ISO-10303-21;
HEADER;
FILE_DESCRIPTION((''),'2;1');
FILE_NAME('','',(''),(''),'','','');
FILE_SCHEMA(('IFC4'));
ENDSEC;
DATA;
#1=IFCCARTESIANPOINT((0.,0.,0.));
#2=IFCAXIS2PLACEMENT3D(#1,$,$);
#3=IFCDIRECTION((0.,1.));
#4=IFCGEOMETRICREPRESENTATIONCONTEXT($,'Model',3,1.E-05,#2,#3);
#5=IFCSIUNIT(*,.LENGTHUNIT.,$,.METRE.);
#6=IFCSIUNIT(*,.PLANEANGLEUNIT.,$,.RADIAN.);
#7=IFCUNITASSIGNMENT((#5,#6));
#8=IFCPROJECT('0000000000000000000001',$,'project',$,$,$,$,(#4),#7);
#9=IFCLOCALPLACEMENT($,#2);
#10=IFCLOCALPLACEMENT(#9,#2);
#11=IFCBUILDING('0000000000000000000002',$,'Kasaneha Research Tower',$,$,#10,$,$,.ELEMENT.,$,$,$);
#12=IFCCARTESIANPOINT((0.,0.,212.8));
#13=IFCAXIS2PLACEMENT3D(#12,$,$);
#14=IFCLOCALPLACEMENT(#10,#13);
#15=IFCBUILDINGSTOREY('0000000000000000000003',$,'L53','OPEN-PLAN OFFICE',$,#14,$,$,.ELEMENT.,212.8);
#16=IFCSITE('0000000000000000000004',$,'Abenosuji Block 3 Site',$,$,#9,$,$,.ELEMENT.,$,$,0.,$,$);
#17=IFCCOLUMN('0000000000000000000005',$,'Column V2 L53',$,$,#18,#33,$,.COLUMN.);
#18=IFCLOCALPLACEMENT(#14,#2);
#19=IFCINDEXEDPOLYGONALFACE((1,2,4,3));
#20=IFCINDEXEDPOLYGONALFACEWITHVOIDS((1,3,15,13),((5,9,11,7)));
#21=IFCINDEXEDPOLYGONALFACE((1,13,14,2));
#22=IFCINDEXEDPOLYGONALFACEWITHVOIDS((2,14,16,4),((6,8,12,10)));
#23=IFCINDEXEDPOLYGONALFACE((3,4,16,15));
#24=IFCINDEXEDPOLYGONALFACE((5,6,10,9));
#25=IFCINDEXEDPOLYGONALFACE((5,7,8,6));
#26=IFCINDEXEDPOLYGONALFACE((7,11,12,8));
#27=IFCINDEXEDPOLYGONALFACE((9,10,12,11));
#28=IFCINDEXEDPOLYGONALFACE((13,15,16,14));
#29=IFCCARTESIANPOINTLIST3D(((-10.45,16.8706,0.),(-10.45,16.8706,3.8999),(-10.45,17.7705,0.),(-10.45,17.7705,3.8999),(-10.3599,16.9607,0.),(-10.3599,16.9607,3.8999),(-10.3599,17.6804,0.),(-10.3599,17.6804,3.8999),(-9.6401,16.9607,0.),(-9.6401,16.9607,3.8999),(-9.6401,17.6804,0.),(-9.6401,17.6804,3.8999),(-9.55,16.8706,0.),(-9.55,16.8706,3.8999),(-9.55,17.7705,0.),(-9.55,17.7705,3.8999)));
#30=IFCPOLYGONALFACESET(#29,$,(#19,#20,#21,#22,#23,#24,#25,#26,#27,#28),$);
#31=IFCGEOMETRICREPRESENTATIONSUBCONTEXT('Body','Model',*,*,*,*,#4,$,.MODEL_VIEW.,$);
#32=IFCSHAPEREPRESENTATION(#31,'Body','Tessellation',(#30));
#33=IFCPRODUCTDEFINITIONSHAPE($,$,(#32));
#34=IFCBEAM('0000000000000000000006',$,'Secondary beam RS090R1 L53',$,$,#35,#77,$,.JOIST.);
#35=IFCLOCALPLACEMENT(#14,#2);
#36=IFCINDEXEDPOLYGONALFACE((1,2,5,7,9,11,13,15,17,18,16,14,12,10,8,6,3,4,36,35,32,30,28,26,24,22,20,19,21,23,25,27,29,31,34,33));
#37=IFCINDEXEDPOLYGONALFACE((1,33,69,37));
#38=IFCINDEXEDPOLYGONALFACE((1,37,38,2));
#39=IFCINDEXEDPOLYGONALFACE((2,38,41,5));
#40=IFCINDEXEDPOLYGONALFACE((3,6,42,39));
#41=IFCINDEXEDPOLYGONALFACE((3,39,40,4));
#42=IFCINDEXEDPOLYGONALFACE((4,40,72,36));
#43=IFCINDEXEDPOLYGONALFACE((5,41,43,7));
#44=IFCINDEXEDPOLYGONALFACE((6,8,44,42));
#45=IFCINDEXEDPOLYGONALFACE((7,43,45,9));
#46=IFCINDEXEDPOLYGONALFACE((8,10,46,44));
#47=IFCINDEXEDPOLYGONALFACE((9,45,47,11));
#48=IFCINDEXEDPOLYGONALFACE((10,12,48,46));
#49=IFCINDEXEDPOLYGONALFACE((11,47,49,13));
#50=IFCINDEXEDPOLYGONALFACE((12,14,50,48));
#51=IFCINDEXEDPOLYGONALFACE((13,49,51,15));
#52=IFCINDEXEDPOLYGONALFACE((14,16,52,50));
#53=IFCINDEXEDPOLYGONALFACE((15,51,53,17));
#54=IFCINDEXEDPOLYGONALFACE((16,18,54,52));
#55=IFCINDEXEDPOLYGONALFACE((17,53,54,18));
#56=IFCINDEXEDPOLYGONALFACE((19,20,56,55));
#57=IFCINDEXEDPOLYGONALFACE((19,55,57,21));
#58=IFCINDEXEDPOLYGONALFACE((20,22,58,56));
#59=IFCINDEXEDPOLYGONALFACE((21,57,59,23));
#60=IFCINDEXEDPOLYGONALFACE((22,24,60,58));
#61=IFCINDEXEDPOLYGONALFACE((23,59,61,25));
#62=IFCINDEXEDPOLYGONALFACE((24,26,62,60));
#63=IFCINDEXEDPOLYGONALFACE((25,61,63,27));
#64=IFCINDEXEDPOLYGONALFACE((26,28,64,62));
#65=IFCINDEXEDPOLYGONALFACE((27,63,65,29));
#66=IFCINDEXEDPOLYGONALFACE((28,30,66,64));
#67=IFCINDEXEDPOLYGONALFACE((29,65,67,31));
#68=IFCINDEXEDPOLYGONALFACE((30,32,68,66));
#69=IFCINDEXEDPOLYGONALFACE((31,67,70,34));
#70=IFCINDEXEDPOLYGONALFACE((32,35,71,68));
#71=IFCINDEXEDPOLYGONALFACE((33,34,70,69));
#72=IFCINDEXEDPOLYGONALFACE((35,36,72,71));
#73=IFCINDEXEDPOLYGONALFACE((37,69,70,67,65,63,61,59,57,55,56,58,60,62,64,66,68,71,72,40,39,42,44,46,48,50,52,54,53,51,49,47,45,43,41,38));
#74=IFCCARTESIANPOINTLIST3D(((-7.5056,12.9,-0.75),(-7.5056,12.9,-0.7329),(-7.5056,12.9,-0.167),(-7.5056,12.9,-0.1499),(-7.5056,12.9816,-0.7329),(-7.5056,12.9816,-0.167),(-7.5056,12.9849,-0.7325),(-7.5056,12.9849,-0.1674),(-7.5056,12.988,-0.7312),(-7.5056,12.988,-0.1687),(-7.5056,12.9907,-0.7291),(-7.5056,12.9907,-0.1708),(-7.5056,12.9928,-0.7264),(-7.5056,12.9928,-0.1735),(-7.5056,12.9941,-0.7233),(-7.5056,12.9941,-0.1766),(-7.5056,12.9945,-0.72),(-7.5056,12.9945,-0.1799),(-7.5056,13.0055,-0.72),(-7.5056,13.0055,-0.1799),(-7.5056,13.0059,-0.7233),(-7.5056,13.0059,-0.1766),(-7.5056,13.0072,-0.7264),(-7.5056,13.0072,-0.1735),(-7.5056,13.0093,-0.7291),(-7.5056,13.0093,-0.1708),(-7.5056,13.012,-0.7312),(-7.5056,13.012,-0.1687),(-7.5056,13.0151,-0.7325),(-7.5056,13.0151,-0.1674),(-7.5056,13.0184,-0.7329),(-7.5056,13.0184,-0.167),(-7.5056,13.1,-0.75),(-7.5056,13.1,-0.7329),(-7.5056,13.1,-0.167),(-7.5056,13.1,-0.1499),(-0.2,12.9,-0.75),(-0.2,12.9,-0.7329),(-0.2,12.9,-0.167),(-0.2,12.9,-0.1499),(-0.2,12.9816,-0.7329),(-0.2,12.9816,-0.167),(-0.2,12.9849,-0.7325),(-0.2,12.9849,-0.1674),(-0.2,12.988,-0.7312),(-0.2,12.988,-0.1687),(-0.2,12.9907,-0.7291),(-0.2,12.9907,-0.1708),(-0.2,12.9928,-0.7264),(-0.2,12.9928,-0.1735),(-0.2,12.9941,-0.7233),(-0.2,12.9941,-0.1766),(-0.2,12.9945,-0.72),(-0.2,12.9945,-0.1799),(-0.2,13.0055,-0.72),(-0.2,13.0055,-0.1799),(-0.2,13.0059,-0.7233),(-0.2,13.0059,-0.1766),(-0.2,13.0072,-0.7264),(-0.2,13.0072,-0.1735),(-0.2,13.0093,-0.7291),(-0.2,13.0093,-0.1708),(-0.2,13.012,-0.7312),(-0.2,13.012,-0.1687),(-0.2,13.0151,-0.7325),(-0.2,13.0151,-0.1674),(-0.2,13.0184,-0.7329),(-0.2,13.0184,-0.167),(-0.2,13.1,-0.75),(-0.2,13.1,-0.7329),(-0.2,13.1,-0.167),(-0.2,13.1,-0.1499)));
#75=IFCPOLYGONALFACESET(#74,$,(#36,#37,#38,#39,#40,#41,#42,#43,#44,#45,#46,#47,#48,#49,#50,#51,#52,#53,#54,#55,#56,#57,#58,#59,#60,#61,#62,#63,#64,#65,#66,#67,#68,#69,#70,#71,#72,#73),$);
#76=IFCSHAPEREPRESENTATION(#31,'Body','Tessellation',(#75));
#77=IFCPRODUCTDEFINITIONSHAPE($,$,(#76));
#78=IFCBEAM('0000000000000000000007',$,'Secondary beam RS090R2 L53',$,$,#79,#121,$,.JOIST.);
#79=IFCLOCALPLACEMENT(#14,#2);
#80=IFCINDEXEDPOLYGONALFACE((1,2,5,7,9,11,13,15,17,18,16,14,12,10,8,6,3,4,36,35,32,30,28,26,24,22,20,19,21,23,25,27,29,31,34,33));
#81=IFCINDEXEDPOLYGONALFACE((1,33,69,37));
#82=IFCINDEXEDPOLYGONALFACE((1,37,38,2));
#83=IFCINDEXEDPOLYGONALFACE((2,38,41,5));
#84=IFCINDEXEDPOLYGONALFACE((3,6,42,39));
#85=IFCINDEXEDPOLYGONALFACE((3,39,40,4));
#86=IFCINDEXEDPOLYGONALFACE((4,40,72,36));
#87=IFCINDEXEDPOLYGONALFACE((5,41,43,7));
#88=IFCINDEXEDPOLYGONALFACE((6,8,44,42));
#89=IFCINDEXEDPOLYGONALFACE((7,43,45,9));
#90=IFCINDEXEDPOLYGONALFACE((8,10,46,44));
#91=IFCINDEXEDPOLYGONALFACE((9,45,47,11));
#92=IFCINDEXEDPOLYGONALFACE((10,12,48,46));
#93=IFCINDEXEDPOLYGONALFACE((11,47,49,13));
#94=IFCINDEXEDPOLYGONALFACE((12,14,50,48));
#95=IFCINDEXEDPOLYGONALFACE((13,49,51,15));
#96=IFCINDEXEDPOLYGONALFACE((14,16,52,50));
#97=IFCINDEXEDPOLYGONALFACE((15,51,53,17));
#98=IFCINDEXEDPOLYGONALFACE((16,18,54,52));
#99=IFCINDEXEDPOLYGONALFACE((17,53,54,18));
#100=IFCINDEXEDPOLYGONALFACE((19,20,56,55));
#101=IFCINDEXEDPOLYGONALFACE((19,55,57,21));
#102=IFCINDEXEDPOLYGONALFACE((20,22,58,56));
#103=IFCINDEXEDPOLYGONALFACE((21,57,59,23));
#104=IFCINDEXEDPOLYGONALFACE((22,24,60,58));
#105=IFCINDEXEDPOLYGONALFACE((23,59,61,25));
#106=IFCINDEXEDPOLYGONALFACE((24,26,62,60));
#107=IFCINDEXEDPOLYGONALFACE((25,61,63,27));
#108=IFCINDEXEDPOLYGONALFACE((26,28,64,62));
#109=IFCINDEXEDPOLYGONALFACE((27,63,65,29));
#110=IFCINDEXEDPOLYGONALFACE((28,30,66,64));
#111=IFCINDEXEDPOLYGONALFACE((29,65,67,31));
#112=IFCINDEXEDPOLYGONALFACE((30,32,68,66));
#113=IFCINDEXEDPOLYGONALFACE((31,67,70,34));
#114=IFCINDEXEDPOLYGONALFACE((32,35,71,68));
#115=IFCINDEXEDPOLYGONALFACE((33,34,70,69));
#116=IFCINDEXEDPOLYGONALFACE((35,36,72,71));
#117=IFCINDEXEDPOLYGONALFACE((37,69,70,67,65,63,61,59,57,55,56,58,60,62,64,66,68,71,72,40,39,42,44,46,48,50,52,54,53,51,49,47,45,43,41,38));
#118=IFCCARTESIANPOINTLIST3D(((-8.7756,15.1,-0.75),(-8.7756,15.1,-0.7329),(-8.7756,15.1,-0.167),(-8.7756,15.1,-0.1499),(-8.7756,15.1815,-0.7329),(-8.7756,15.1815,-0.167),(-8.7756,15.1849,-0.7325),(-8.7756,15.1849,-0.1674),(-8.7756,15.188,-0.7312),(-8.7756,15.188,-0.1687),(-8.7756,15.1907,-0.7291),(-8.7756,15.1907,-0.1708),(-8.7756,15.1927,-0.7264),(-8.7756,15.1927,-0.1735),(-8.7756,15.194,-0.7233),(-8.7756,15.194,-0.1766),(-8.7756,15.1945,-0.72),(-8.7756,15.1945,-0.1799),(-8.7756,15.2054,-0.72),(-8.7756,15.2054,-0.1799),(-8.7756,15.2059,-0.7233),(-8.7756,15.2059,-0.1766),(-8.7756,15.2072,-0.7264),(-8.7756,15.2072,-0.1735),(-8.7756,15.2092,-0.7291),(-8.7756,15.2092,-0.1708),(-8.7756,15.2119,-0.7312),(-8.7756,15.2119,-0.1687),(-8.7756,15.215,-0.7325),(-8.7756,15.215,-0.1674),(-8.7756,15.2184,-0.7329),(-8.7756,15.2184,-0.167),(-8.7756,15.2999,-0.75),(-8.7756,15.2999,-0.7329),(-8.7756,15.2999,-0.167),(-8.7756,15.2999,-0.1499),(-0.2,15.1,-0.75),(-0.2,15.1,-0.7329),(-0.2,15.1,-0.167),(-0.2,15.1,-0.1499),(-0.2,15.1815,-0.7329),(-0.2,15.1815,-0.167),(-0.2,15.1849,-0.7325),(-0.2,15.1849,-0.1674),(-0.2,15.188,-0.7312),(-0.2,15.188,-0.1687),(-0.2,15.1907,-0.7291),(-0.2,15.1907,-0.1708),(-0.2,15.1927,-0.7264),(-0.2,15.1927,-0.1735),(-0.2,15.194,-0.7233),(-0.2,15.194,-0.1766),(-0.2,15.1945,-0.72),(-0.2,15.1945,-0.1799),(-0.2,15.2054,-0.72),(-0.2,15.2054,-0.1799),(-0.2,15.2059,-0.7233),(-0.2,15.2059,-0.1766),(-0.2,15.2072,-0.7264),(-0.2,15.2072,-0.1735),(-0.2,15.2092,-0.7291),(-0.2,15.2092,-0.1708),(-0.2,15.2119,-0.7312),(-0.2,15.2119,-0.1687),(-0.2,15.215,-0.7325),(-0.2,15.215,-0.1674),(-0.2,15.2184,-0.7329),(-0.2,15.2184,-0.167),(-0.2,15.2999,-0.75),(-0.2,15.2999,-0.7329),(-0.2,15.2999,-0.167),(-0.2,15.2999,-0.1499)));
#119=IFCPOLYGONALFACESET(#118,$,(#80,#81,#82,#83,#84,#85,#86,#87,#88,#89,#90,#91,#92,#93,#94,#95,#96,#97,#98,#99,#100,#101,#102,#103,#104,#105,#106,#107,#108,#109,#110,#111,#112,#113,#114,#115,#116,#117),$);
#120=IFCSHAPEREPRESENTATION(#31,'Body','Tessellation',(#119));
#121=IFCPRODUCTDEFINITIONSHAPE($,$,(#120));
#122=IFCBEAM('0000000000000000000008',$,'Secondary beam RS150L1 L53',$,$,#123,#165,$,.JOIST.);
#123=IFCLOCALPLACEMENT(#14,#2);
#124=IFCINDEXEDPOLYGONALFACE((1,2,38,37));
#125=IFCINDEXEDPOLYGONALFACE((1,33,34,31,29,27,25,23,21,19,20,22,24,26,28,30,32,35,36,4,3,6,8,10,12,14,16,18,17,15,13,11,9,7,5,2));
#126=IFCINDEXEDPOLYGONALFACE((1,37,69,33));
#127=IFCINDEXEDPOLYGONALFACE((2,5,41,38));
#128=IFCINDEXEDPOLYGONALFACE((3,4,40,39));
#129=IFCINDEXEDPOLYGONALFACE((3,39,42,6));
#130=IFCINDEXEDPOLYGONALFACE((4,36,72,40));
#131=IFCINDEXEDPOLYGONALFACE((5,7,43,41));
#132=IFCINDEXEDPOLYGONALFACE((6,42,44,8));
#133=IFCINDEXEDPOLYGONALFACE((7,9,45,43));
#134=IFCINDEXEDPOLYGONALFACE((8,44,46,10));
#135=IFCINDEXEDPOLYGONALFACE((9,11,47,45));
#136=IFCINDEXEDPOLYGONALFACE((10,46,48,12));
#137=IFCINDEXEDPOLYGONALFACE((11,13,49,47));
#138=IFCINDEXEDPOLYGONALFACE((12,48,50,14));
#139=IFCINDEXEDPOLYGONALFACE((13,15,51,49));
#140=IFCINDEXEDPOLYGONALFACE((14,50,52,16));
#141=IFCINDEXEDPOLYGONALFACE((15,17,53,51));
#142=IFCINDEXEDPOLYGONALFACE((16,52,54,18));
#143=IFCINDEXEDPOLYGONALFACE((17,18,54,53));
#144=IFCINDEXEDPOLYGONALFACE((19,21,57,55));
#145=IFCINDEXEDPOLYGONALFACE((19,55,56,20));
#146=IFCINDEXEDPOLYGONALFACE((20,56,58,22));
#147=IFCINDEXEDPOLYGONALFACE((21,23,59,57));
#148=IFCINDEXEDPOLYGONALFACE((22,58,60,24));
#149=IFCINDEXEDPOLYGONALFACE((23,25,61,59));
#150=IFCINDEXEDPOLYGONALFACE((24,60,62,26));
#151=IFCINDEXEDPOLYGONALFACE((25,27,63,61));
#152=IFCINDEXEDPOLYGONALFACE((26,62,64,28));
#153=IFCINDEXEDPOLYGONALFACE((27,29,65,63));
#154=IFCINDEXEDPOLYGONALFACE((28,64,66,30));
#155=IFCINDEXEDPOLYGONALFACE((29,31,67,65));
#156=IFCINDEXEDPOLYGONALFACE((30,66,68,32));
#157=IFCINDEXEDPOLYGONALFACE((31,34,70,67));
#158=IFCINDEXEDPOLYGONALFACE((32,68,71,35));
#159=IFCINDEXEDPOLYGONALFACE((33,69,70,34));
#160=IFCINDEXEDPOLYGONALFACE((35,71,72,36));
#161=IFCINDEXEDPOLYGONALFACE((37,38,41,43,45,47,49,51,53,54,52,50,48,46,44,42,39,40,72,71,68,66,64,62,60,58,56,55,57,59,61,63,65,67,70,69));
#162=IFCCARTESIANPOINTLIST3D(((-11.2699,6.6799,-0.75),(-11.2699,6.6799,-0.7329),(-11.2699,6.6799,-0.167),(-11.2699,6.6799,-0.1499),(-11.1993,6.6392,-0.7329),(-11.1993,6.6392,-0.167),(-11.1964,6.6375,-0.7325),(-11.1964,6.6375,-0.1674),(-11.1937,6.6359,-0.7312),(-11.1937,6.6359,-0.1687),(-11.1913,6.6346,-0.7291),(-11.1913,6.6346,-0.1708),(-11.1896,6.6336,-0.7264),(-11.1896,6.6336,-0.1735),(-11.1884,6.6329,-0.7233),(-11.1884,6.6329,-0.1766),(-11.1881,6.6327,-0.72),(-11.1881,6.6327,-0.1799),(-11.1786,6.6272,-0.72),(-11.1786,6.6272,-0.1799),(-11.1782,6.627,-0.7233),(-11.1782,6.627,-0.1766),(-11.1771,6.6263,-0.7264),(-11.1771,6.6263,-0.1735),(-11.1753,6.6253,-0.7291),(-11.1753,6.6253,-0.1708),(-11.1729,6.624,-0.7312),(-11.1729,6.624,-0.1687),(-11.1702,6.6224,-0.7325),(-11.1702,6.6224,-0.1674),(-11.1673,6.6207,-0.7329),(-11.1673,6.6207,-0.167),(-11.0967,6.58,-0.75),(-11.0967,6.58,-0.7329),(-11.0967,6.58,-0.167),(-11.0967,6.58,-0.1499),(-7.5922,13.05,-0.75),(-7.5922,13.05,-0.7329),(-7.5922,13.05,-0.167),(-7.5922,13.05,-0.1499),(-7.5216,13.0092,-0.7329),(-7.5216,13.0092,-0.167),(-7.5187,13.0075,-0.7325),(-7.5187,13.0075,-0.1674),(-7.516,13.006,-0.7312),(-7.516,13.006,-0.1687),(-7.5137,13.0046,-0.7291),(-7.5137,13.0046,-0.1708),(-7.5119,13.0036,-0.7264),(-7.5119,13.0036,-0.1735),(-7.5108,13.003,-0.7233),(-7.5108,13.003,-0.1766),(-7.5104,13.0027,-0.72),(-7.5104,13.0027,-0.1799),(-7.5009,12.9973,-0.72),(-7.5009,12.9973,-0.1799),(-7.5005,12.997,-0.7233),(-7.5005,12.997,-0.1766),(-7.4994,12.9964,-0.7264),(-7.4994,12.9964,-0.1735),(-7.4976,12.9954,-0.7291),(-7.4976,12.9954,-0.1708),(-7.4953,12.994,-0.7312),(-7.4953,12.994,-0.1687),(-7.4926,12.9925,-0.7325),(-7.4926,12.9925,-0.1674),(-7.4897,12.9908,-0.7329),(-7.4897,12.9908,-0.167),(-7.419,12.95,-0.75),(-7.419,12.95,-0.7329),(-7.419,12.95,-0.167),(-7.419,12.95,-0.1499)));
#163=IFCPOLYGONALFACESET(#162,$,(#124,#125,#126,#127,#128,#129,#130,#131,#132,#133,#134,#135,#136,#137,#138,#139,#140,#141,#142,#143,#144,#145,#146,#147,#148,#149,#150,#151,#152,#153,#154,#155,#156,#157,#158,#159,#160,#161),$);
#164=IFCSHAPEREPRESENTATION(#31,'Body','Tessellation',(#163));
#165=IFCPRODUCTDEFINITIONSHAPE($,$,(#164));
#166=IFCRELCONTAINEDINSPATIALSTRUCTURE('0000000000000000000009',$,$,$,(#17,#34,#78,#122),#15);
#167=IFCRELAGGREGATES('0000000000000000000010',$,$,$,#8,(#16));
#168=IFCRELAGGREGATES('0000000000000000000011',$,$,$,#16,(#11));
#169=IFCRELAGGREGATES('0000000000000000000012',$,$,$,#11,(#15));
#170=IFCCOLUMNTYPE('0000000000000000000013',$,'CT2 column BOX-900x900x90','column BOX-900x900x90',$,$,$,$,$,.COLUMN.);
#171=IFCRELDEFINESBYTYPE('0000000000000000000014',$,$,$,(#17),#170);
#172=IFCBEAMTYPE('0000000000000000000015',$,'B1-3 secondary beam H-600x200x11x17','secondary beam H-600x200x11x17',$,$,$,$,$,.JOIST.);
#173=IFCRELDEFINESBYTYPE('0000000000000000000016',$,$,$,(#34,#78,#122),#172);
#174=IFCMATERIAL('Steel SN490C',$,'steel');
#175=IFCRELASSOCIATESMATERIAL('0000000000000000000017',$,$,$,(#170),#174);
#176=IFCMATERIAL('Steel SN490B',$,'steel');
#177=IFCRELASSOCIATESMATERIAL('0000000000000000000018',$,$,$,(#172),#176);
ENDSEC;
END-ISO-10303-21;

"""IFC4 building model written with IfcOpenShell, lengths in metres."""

from ifc_helpers import new_model, si_unit, direction, frame, origin, origin_2d, place, context, subcontext, project, spatial, hollow_rectangle, i_section, extrude, material, material_profile, profile_set, type_object, element, save


model = new_model("IFC4")

# Units and contexts
model_context = context("Model", 3, precision=1e-05, world=origin(), true_north=direction((0.0, 1.0)))
body_context = subcontext(model_context, "Body", "Model", "MODEL_VIEW")
ifc_project = project(units=[si_unit("LENGTHUNIT", "METRE"), si_unit("PLANEANGLEUNIT", "RADIAN")], contexts=[model_context])

# Site, building, storey
site_placement = place(None, origin())
site = spatial("IfcSite", under=ifc_project, at=site_placement, Name="Abenosuji Block 3 Site", CompositionType="ELEMENT", RefElevation=0.0)
building_placement = place(site_placement, origin())
building = spatial("IfcBuilding", under=site, at=building_placement, Name="Kasaneha Research Tower", CompositionType="ELEMENT")
storey_placement = place(building_placement, frame((0.0, 0.0, 212.8)))
storey = spatial("IfcBuildingStorey", under=building, at=storey_placement, Name="L53", Description="OPEN-PLAN OFFICE", CompositionType="ELEMENT", Elevation=212.8)

# Column
ifc_material_1 = material(Name="Steel SN490C", Category="steel")
ifc_material_profile_1 = material_profile(ifc_material_1, hollow_rectangle(XDim=0.8999, YDim=0.8999, WallThickness=0.0901, at=origin_2d()), Name="BOX-900x900x90")
ifc_profile_set_1 = profile_set([ifc_material_profile_1], Name="Steel SN490C")
column_type = type_object("IfcColumnType", Name="CT2 column BOX-900x900x90", Description="column BOX-900x900x90", PredefinedType="COLUMN", material=ifc_profile_set_1)
column_placement = place(storey_placement, frame((-10.0, 17.3206, 0.0), z_axis=(0.0, 0.0, 1.0), x_axis=(1.0, 0.0, 0.0)))
element("IfcColumn", 1, at=column_placement, inside=storey, type_object=column_type, Name="Column V2 L53", PredefinedType="COLUMN", context=body_context, shape_type="SweptSolid", body=[
    extrude(hollow_rectangle(XDim=0.8999, YDim=0.8999, WallThickness=0.0901, at=origin_2d()), origin(), (0.0, 0.0, 1.0), 3.8999),
])

# Beams
ifc_material_2 = material(Name="Steel SN490B", Category="steel")
ifc_material_profile_2 = material_profile(ifc_material_2, i_section(OverallWidth=0.2, OverallDepth=0.6001, WebThickness=0.011, FlangeThickness=0.0171, FilletRadius=0.0129, at=origin_2d()), Name="H-600x200x11x17")
ifc_profile_set_2 = profile_set([ifc_material_profile_2], Name="Steel SN490B")
beam_type_1 = type_object("IfcBeamType", Name="B1-3 secondary beam H-600x200x11x17", Description="secondary beam H-600x200x11x17", PredefinedType="JOIST", material=ifc_profile_set_2)
beam_1_placement = place(storey_placement, frame((-7.5056, 13.0, -0.45), z_axis=(1.0, 0.0, 0.0), x_axis=(0.0, 1.0, 0.0)))
element("IfcBeam", 2, at=beam_1_placement, inside=storey, type_object=beam_type_1, Name="Secondary beam RS090R1 L53", PredefinedType="JOIST", context=body_context, shape_type="SweptSolid", body=[
    extrude(i_section(OverallWidth=0.2, OverallDepth=0.6001, WebThickness=0.011, FlangeThickness=0.0171, FilletRadius=0.0129, at=origin_2d()), origin(), (0.0, 0.0, 1.0), 7.3057),
])
beam_2_placement = place(storey_placement, frame((-8.7756, 15.2, -0.45), z_axis=(1.0, 0.0, 0.0), x_axis=(0.0, 1.0, 0.0)))
element("IfcBeam", 3, at=beam_2_placement, inside=storey, type_object=beam_type_1, Name="Secondary beam RS090R2 L53", PredefinedType="JOIST", context=body_context, shape_type="SweptSolid", body=[
    extrude(i_section(OverallWidth=0.2, OverallDepth=0.6001, WebThickness=0.011, FlangeThickness=0.0171, FilletRadius=0.0129, at=origin_2d()), origin(), (0.0, 0.0, 1.0), 8.5757),
])
beam_3_placement = place(storey_placement, frame((-7.5056, 13.0, -0.45), z_axis=(-0.499994, -0.866029, 0.0), x_axis=(0.866029, -0.499994, 0.0)))
element("IfcBeam", 4, at=beam_3_placement, inside=storey, type_object=beam_type_1, Name="Secondary beam RS150L1 L53", PredefinedType="JOIST", context=body_context, shape_type="SweptSolid", body=[
    extrude(i_section(OverallWidth=0.2, OverallDepth=0.6001, WebThickness=0.011, FlangeThickness=0.0171, FilletRadius=0.0129, at=origin_2d()), origin(), (0.0, 0.0, 1.0), 7.3555),
])

save(model, "model.ifc")
